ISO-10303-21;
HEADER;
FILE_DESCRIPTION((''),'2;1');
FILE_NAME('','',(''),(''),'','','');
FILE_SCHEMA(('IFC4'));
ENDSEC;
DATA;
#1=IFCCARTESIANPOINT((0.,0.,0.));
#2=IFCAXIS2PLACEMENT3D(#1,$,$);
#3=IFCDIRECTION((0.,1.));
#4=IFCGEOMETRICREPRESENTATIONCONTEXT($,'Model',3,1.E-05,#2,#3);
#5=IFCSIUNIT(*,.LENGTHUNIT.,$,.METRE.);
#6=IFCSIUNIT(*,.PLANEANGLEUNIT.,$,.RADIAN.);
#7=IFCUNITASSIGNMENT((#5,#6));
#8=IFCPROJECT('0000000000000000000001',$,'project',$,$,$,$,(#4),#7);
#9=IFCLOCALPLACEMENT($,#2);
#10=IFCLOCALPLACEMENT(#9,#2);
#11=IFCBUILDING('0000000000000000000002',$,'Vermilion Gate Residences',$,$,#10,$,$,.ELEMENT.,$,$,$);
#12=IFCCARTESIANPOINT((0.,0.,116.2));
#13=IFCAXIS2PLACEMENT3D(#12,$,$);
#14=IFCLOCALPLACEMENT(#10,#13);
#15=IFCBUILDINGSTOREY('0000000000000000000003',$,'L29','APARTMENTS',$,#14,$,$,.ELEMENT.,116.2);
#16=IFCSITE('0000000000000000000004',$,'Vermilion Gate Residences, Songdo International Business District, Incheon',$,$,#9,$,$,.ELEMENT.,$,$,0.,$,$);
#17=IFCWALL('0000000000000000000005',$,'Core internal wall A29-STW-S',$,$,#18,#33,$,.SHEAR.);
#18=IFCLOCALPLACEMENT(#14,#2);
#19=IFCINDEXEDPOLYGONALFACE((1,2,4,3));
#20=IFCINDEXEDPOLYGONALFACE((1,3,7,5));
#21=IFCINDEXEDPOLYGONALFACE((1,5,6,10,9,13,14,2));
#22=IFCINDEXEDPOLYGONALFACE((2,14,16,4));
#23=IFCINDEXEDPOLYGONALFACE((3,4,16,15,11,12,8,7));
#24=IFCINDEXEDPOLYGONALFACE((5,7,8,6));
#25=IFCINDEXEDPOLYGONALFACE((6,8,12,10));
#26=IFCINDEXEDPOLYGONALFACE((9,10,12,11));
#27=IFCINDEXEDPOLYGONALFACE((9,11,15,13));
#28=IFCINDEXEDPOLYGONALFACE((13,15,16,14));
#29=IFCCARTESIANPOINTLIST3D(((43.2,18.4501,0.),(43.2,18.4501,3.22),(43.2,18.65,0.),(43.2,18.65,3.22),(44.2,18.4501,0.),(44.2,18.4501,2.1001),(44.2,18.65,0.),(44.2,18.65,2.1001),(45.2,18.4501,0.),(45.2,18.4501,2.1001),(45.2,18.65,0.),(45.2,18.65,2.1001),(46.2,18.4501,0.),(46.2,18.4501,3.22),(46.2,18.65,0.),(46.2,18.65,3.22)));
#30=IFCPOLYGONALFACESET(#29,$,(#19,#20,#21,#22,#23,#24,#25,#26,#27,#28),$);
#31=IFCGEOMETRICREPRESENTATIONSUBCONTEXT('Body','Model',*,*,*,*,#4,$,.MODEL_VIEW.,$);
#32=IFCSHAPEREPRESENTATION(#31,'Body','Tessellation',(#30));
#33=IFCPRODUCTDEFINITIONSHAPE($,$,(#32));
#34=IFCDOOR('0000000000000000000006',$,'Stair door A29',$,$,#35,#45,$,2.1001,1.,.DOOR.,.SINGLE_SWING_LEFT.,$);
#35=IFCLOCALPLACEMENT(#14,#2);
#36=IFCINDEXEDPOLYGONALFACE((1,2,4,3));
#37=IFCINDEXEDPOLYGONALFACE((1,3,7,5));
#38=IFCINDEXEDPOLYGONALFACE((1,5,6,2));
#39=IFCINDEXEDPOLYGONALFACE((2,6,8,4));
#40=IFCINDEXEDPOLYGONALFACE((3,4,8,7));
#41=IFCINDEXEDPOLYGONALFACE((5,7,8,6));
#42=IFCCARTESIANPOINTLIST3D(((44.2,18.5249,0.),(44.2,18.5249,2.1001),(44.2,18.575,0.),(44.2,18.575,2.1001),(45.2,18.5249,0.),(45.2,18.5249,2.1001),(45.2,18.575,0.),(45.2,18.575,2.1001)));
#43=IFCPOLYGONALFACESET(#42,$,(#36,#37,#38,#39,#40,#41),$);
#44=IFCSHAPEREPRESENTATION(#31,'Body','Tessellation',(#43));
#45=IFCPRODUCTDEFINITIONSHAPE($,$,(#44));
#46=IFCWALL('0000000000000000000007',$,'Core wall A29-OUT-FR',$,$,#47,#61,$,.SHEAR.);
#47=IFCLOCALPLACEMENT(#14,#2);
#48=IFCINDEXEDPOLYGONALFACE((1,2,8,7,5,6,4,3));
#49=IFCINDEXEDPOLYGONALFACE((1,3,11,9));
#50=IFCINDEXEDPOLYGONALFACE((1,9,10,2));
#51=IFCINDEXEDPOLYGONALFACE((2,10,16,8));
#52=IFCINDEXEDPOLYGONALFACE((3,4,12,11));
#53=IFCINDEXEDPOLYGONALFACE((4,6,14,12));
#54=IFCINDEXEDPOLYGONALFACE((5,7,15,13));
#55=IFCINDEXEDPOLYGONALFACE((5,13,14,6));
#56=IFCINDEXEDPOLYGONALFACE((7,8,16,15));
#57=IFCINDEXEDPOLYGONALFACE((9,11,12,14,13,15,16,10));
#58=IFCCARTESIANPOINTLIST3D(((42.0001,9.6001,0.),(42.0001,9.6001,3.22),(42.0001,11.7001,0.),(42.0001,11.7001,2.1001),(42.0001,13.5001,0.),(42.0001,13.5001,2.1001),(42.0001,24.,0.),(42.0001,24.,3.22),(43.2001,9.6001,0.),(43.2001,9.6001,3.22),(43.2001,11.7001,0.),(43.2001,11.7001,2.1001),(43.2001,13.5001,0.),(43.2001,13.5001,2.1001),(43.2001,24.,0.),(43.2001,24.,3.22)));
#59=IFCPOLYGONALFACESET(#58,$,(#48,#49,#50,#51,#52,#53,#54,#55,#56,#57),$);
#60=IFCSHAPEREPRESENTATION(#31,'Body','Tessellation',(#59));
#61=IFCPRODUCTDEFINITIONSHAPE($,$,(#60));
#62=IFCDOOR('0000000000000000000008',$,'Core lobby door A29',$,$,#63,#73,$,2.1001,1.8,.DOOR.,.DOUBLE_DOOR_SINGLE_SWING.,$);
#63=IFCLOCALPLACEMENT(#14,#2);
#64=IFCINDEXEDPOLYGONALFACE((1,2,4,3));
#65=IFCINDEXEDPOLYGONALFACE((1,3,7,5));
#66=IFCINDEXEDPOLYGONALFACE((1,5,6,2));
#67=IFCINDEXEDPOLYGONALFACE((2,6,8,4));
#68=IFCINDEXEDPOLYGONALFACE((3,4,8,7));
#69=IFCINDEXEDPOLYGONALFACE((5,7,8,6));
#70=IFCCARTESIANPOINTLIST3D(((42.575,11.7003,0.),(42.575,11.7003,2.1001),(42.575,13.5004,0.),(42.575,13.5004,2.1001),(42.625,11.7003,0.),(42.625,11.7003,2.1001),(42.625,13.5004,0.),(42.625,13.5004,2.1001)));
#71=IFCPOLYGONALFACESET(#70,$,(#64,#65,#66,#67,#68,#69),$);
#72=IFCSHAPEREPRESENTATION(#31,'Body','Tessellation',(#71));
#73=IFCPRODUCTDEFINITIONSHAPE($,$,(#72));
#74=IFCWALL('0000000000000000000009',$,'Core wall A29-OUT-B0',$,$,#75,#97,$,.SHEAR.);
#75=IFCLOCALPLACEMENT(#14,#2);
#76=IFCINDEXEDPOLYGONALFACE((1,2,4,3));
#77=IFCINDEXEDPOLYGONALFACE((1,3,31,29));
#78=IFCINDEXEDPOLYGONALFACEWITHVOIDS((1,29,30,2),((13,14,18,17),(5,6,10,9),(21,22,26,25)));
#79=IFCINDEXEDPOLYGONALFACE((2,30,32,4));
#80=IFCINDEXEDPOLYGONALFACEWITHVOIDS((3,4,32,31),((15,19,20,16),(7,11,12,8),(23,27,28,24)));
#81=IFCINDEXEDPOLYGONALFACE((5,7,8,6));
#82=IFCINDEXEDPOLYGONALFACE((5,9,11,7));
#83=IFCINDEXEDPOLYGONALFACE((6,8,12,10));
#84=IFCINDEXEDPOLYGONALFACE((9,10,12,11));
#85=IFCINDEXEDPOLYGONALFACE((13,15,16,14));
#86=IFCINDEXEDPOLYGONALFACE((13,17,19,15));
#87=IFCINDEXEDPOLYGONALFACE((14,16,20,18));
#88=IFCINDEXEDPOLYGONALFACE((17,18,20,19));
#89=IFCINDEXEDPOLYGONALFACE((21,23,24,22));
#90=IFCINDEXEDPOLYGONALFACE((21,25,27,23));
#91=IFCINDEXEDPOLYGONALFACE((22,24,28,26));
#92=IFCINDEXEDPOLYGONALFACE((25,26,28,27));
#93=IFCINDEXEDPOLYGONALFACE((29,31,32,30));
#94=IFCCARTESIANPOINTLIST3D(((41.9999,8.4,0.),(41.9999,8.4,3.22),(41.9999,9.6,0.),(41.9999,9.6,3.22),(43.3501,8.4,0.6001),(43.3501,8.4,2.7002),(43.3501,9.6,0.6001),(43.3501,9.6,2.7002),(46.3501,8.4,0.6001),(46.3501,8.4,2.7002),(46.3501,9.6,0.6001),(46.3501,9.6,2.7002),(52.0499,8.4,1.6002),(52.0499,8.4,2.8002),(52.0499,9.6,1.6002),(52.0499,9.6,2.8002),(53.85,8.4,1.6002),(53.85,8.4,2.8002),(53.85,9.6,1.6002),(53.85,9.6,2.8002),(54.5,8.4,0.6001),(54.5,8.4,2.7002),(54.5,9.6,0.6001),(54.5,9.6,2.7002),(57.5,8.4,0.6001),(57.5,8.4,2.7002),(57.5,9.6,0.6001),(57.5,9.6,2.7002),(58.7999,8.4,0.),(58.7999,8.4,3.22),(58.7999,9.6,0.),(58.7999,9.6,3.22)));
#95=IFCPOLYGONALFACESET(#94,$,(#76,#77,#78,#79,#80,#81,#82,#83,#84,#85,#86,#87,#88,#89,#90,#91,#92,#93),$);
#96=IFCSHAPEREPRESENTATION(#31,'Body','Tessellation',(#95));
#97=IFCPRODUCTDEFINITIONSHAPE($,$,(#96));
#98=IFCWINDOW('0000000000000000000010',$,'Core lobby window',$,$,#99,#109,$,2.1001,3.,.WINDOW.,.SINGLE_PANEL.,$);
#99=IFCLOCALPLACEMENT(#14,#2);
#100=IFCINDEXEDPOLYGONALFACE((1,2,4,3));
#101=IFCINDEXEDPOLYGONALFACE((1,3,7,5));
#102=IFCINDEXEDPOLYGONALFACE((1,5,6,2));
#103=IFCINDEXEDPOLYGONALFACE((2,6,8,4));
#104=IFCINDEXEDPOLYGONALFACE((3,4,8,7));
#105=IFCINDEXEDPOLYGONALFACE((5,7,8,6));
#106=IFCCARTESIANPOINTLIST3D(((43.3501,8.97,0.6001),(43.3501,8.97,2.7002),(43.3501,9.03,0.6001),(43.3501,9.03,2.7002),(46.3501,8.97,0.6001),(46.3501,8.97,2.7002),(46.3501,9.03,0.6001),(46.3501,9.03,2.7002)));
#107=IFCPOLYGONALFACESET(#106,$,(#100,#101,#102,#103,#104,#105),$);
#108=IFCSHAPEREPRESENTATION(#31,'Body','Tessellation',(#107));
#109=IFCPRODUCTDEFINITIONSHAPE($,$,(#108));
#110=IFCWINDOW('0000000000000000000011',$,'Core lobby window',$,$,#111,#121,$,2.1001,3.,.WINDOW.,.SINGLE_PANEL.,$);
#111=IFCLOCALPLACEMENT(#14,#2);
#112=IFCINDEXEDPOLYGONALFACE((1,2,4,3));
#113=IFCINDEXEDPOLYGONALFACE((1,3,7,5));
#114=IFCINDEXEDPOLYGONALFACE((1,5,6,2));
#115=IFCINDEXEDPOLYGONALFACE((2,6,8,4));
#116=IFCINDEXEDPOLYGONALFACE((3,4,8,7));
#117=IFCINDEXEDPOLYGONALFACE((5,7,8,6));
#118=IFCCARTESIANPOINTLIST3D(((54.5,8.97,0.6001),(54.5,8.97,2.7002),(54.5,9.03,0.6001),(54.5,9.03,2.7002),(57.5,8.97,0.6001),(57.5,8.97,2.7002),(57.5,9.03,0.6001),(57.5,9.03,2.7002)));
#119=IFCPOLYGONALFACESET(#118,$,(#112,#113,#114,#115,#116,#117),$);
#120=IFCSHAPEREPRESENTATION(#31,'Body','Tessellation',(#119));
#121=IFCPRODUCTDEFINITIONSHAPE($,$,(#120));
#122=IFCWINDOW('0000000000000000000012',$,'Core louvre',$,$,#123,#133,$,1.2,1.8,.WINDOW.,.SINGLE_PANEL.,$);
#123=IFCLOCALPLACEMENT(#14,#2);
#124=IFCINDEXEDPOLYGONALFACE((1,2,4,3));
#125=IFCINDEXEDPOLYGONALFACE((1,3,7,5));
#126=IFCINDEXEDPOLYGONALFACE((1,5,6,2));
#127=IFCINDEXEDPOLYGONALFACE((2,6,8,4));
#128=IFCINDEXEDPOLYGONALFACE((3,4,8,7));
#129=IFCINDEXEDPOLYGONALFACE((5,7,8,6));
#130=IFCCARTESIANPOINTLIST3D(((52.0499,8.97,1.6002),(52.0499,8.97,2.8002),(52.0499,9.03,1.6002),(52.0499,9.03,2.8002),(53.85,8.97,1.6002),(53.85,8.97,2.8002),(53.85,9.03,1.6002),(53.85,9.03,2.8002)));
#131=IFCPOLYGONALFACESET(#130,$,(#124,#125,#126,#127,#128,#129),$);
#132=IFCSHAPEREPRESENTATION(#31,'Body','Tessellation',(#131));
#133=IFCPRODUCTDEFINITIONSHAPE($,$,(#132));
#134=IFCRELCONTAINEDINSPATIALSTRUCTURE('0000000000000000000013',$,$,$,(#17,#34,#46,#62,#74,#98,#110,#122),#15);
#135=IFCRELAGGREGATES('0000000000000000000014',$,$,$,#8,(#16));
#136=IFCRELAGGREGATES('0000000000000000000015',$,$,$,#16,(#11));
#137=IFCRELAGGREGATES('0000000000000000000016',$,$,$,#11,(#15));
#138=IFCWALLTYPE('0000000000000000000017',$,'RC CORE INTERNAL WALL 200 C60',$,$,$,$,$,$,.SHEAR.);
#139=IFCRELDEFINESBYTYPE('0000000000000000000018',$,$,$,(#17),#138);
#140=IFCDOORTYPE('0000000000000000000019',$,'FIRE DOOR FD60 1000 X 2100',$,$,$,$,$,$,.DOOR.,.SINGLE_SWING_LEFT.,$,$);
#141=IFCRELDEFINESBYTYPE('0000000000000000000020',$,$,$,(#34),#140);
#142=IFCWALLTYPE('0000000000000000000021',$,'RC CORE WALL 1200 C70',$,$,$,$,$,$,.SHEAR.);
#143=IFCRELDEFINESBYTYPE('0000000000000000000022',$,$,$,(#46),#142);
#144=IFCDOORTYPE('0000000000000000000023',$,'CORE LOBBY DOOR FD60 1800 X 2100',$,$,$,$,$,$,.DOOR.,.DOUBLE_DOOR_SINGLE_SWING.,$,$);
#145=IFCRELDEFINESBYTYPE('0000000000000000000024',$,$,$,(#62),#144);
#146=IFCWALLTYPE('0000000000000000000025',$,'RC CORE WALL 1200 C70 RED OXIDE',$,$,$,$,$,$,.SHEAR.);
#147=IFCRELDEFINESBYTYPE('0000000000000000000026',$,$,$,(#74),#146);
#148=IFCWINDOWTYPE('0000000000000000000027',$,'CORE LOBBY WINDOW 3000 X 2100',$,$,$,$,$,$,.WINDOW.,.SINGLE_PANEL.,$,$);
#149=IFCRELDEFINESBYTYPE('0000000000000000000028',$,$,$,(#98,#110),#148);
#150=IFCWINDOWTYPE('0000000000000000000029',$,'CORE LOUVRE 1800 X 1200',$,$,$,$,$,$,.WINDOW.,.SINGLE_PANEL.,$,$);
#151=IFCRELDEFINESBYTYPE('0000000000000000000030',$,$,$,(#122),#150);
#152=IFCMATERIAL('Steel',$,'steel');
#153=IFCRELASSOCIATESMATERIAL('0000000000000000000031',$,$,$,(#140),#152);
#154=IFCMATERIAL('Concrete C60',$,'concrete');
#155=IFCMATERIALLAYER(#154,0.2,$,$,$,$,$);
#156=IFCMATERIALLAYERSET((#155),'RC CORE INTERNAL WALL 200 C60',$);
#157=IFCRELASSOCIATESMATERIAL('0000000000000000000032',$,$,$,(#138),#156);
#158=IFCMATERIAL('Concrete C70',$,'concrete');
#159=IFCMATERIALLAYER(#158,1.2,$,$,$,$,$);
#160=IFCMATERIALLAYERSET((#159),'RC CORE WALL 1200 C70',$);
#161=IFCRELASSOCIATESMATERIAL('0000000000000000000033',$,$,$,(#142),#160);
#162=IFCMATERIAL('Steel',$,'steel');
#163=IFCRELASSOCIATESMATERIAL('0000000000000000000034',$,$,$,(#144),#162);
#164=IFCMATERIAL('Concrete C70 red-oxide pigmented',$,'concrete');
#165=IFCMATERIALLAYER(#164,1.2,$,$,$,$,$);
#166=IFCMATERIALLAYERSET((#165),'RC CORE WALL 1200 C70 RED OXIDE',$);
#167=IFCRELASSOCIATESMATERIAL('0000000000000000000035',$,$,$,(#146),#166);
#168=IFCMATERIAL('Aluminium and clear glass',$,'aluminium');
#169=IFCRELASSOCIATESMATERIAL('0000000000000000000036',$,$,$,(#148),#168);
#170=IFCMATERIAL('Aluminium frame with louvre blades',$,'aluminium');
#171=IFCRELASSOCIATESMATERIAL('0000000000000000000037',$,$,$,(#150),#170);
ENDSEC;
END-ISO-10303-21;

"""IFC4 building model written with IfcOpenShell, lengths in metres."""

from ifc_helpers import new_model, si_unit, direction, frame, frame_2d, origin, place, context, subcontext, project, spatial, rectangle, extrude, material, layer, layer_set, type_object, element, fill, save


model = new_model("IFC4")

# Units and contexts
model_context = context("Model", 3, precision=1e-05, world=origin(), true_north=direction((0.0, 1.0)))
body_context = subcontext(model_context, "Body", "Model", "MODEL_VIEW")
ifc_project = project(units=[si_unit("LENGTHUNIT", "METRE"), si_unit("PLANEANGLEUNIT", "RADIAN")], contexts=[model_context])

# Site, building, storey
site_placement = place(None, origin())
site = spatial("IfcSite", under=ifc_project, at=site_placement, Name="Vermilion Gate Residences, Songdo International Business District, Incheon", CompositionType="ELEMENT", RefElevation=0.0)
building_placement = place(site_placement, origin())
building = spatial("IfcBuilding", under=site, at=building_placement, Name="Vermilion Gate Residences", CompositionType="ELEMENT")
storey_placement = place(building_placement, frame((0.0, 0.0, 116.2)))
storey = spatial("IfcBuildingStorey", under=building, at=storey_placement, Name="L29", Description="APARTMENTS", CompositionType="ELEMENT", Elevation=116.2)

# Shared definitions
ifc_material_1 = material(Name="Steel", Category="steel")
door_type_1 = type_object("IfcDoorType", Name="FIRE DOOR FD60 1000 X 2100", OperationType="SINGLE_SWING_LEFT", PredefinedType="DOOR", material=ifc_material_1)

# Shared definitions
ifc_material_2 = material(Name="Concrete C60", Category="concrete")
ifc_layer_1 = layer(ifc_material_2, 0.2)
ifc_layer_set_1 = layer_set([ifc_layer_1], Name="RC CORE INTERNAL WALL 200 C60")
wall_type_1 = type_object("IfcWallType", Name="RC CORE INTERNAL WALL 200 C60", PredefinedType="SHEAR", material=ifc_layer_set_1)

# Walls, openings, doors
wall_1_placement = place(storey_placement, frame((43.2, 18.55, 0.0), z_axis=(0.0, 0.0, 1.0), x_axis=(1.0, 0.0, 0.0)))
wall_1 = element("IfcWall", 1, at=wall_1_placement, inside=storey, type_object=wall_type_1, Name="Core internal wall A29-STW-S", PredefinedType="SHEAR", context=body_context, shape_type="SweptSolid", body=[
    extrude(rectangle(XDim=3.0, YDim=0.2, at=frame_2d((1.5, 0.0))), origin(), (0.0, 0.0, 1.0), 3.22),
])
opening_1_placement = place(wall_1_placement, frame((1.0, 0.0, 0.0)))
opening_1 = element("IfcOpeningElement", 2, at=opening_1_placement, cuts=wall_1, PredefinedType="OPENING", context=body_context, shape_type="SweptSolid", body=[
    extrude(rectangle(XDim=1.0, YDim=2.1001, at=frame_2d((0.5, 1.05))), frame((0.0, 0.1099, 0.0), z_axis=(0.0, -1.0, 0.0), x_axis=(1.0, 0.0, 0.0)), (0.0, 0.0, 1.0), 0.22),
])
door_1_placement = place(opening_1_placement, origin())
door_1 = element("IfcDoor", 3, at=door_1_placement, inside=storey, type_object=door_type_1, Name="Stair door A29", OperationType="SINGLE_SWING_LEFT", OverallHeight=2.1001, OverallWidth=1.0, PredefinedType="DOOR", context=body_context, shape_type="SweptSolid", body=[
    extrude(rectangle(XDim=1.0, YDim=2.1001, at=frame_2d((0.5, 1.05))), frame((0.0, 0.0249, 0.0), z_axis=(0.0, -1.0, 0.0), x_axis=(1.0, 0.0, 0.0)), (0.0, 0.0, 1.0), 0.05),
])
fill(opening_1, door_1)
ifc_material_3 = material(Name="Concrete C70", Category="concrete")
ifc_layer_2 = layer(ifc_material_3, 1.2)
ifc_layer_set_2 = layer_set([ifc_layer_2], Name="RC CORE WALL 1200 C70")
wall_type_2 = type_object("IfcWallType", Name="RC CORE WALL 1200 C70", PredefinedType="SHEAR", material=ifc_layer_set_2)
wall_2_placement = place(storey_placement, frame((42.6001, 9.6001, 0.0), z_axis=(0.0, 0.0, 1.0), x_axis=(0.0, 1.0, 0.0)))
wall_2 = element("IfcWall", 4, at=wall_2_placement, inside=storey, type_object=wall_type_2, Name="Core wall A29-OUT-FR", PredefinedType="SHEAR", context=body_context, shape_type="SweptSolid", body=[
    extrude(rectangle(XDim=14.3999, YDim=1.2, at=frame_2d((7.2, 0.0))), origin(), (0.0, 0.0, 1.0), 3.22),
])
opening_2_placement = place(wall_2_placement, frame((2.1001, 0.0, 0.0)))
opening_2 = element("IfcOpeningElement", 5, at=opening_2_placement, cuts=wall_2, PredefinedType="OPENING", context=body_context, shape_type="SweptSolid", body=[
    extrude(rectangle(XDim=1.8, YDim=2.1001, at=frame_2d((0.8999, 1.05))), frame((0.0, 0.6099, 0.0), z_axis=(0.0, -1.0, 0.0), x_axis=(1.0, 0.0, 0.0)), (0.0, 0.0, 1.0), 1.22),
])
ifc_material_4 = material(Name="Steel", Category="steel")
door_type_2 = type_object("IfcDoorType", Name="CORE LOBBY DOOR FD60 1800 X 2100", OperationType="DOUBLE_DOOR_SINGLE_SWING", PredefinedType="DOOR", material=ifc_material_4)
door_2_placement = place(opening_2_placement, frame((1.8, 0.0, 0.0), z_axis=(0.0, 0.0, 1.0), x_axis=(-1.0, 0.0, 0.0)))
door_2 = element("IfcDoor", 6, at=door_2_placement, inside=storey, type_object=door_type_2, Name="Core lobby door A29", OperationType="DOUBLE_DOOR_SINGLE_SWING", OverallHeight=2.1001, OverallWidth=1.8, PredefinedType="DOOR", context=body_context, shape_type="SweptSolid", body=[
    extrude(rectangle(XDim=1.8, YDim=2.1001, at=frame_2d((0.8999, 1.05))), frame((0.0, 0.0249, 0.0), z_axis=(0.0, -1.0, 0.0), x_axis=(1.0, 0.0, 0.0)), (0.0, 0.0, 1.0), 0.05),
])
fill(opening_2, door_2)

# Wall, openings, windows
ifc_material_5 = material(Name="Concrete C70 red-oxide pigmented", Category="concrete")
ifc_layer_3 = layer(ifc_material_5, 1.2)
ifc_layer_set_3 = layer_set([ifc_layer_3], Name="RC CORE WALL 1200 C70 RED OXIDE")
wall_type_3 = type_object("IfcWallType", Name="RC CORE WALL 1200 C70 RED OXIDE", PredefinedType="SHEAR", material=ifc_layer_set_3)
wall_3_placement = place(storey_placement, frame((42.0, 9.0, 0.0), z_axis=(0.0, 0.0, 1.0), x_axis=(1.0, 0.0, 0.0)))
wall_3 = element("IfcWall", 7, at=wall_3_placement, inside=storey, type_object=wall_type_3, Name="Core wall A29-OUT-B0", PredefinedType="SHEAR", context=body_context, shape_type="SweptSolid", body=[
    extrude(rectangle(XDim=16.8, YDim=1.2, at=frame_2d((8.3999, 0.0))), origin(), (0.0, 0.0, 1.0), 3.22),
])
opening_3_placement = place(wall_3_placement, frame((1.3501, 0.0, 0.6001)))
opening_3 = element("IfcOpeningElement", 8, at=opening_3_placement, cuts=wall_3, PredefinedType="OPENING", context=body_context, shape_type="SweptSolid", body=[
    extrude(rectangle(XDim=3.0, YDim=2.1001, at=frame_2d((1.5, 1.05))), frame((0.0, 0.6099, 0.0), z_axis=(0.0, -1.0, 0.0), x_axis=(1.0, 0.0, 0.0)), (0.0, 0.0, 1.0), 1.22),
])
opening_4_placement = place(wall_3_placement, frame((10.05, 0.0, 1.6001)))
opening_4 = element("IfcOpeningElement", 9, at=opening_4_placement, cuts=wall_3, PredefinedType="OPENING", context=body_context, shape_type="SweptSolid", body=[
    extrude(rectangle(XDim=1.8, YDim=1.2, at=frame_2d((0.8999, 0.6001))), frame((0.0, 0.6099, 0.0), z_axis=(0.0, -1.0, 0.0), x_axis=(1.0, 0.0, 0.0)), (0.0, 0.0, 1.0), 1.22),
])
opening_5_placement = place(wall_3_placement, frame((12.5, 0.0, 0.6001)))
opening_5 = element("IfcOpeningElement", 10, at=opening_5_placement, cuts=wall_3, PredefinedType="OPENING", context=body_context, shape_type="SweptSolid", body=[
    extrude(rectangle(XDim=3.0, YDim=2.1001, at=frame_2d((1.5, 1.05))), frame((0.0, 0.6099, 0.0), z_axis=(0.0, -1.0, 0.0), x_axis=(1.0, 0.0, 0.0)), (0.0, 0.0, 1.0), 1.22),
])
ifc_material_6 = material(Name="Aluminium and clear glass", Category="aluminium")
window_type_1 = type_object("IfcWindowType", Name="CORE LOBBY WINDOW 3000 X 2100", PartitioningType="SINGLE_PANEL", PredefinedType="WINDOW", material=ifc_material_6)
window_1_placement = place(opening_3_placement, origin())
window_1 = element("IfcWindow", 11, at=window_1_placement, inside=storey, type_object=window_type_1, Name="Core lobby window", OverallHeight=2.1001, OverallWidth=3.0, PartitioningType="SINGLE_PANEL", PredefinedType="WINDOW", context=body_context, shape_type="SweptSolid", body=[
    extrude(rectangle(XDim=3.0, YDim=2.1001, at=frame_2d((1.5, 1.05))), frame((0.0, 0.03, 0.0), z_axis=(0.0, -1.0, 0.0), x_axis=(1.0, 0.0, 0.0)), (0.0, 0.0, 1.0), 0.0601),
])
fill(opening_3, window_1)
window_2_placement = place(opening_5_placement, origin())
window_2 = element("IfcWindow", 12, at=window_2_placement, inside=storey, type_object=window_type_1, Name="Core lobby window", OverallHeight=2.1001, OverallWidth=3.0, PartitioningType="SINGLE_PANEL", PredefinedType="WINDOW", context=body_context, shape_type="SweptSolid", body=[
    extrude(rectangle(XDim=3.0, YDim=2.1001, at=frame_2d((1.5, 1.05))), frame((0.0, 0.03, 0.0), z_axis=(0.0, -1.0, 0.0), x_axis=(1.0, 0.0, 0.0)), (0.0, 0.0, 1.0), 0.0601),
])
fill(opening_5, window_2)
ifc_material_7 = material(Name="Aluminium frame with louvre blades", Category="aluminium")
window_type_2 = type_object("IfcWindowType", Name="CORE LOUVRE 1800 X 1200", PartitioningType="SINGLE_PANEL", PredefinedType="WINDOW", material=ifc_material_7)
window_3_placement = place(opening_4_placement, origin())
window_3 = element("IfcWindow", 13, at=window_3_placement, inside=storey, type_object=window_type_2, Name="Core louvre", OverallHeight=1.2, OverallWidth=1.8, PartitioningType="SINGLE_PANEL", PredefinedType="WINDOW", context=body_context, shape_type="SweptSolid", body=[
    extrude(rectangle(XDim=1.8, YDim=1.2, at=frame_2d((0.8999, 0.6001))), frame((0.0, 0.03, 0.0), z_axis=(0.0, -1.0, 0.0), x_axis=(1.0, 0.0, 0.0)), (0.0, 0.0, 1.0), 0.0601),
])
fill(opening_4, window_3)

save(model, "model.ifc")
